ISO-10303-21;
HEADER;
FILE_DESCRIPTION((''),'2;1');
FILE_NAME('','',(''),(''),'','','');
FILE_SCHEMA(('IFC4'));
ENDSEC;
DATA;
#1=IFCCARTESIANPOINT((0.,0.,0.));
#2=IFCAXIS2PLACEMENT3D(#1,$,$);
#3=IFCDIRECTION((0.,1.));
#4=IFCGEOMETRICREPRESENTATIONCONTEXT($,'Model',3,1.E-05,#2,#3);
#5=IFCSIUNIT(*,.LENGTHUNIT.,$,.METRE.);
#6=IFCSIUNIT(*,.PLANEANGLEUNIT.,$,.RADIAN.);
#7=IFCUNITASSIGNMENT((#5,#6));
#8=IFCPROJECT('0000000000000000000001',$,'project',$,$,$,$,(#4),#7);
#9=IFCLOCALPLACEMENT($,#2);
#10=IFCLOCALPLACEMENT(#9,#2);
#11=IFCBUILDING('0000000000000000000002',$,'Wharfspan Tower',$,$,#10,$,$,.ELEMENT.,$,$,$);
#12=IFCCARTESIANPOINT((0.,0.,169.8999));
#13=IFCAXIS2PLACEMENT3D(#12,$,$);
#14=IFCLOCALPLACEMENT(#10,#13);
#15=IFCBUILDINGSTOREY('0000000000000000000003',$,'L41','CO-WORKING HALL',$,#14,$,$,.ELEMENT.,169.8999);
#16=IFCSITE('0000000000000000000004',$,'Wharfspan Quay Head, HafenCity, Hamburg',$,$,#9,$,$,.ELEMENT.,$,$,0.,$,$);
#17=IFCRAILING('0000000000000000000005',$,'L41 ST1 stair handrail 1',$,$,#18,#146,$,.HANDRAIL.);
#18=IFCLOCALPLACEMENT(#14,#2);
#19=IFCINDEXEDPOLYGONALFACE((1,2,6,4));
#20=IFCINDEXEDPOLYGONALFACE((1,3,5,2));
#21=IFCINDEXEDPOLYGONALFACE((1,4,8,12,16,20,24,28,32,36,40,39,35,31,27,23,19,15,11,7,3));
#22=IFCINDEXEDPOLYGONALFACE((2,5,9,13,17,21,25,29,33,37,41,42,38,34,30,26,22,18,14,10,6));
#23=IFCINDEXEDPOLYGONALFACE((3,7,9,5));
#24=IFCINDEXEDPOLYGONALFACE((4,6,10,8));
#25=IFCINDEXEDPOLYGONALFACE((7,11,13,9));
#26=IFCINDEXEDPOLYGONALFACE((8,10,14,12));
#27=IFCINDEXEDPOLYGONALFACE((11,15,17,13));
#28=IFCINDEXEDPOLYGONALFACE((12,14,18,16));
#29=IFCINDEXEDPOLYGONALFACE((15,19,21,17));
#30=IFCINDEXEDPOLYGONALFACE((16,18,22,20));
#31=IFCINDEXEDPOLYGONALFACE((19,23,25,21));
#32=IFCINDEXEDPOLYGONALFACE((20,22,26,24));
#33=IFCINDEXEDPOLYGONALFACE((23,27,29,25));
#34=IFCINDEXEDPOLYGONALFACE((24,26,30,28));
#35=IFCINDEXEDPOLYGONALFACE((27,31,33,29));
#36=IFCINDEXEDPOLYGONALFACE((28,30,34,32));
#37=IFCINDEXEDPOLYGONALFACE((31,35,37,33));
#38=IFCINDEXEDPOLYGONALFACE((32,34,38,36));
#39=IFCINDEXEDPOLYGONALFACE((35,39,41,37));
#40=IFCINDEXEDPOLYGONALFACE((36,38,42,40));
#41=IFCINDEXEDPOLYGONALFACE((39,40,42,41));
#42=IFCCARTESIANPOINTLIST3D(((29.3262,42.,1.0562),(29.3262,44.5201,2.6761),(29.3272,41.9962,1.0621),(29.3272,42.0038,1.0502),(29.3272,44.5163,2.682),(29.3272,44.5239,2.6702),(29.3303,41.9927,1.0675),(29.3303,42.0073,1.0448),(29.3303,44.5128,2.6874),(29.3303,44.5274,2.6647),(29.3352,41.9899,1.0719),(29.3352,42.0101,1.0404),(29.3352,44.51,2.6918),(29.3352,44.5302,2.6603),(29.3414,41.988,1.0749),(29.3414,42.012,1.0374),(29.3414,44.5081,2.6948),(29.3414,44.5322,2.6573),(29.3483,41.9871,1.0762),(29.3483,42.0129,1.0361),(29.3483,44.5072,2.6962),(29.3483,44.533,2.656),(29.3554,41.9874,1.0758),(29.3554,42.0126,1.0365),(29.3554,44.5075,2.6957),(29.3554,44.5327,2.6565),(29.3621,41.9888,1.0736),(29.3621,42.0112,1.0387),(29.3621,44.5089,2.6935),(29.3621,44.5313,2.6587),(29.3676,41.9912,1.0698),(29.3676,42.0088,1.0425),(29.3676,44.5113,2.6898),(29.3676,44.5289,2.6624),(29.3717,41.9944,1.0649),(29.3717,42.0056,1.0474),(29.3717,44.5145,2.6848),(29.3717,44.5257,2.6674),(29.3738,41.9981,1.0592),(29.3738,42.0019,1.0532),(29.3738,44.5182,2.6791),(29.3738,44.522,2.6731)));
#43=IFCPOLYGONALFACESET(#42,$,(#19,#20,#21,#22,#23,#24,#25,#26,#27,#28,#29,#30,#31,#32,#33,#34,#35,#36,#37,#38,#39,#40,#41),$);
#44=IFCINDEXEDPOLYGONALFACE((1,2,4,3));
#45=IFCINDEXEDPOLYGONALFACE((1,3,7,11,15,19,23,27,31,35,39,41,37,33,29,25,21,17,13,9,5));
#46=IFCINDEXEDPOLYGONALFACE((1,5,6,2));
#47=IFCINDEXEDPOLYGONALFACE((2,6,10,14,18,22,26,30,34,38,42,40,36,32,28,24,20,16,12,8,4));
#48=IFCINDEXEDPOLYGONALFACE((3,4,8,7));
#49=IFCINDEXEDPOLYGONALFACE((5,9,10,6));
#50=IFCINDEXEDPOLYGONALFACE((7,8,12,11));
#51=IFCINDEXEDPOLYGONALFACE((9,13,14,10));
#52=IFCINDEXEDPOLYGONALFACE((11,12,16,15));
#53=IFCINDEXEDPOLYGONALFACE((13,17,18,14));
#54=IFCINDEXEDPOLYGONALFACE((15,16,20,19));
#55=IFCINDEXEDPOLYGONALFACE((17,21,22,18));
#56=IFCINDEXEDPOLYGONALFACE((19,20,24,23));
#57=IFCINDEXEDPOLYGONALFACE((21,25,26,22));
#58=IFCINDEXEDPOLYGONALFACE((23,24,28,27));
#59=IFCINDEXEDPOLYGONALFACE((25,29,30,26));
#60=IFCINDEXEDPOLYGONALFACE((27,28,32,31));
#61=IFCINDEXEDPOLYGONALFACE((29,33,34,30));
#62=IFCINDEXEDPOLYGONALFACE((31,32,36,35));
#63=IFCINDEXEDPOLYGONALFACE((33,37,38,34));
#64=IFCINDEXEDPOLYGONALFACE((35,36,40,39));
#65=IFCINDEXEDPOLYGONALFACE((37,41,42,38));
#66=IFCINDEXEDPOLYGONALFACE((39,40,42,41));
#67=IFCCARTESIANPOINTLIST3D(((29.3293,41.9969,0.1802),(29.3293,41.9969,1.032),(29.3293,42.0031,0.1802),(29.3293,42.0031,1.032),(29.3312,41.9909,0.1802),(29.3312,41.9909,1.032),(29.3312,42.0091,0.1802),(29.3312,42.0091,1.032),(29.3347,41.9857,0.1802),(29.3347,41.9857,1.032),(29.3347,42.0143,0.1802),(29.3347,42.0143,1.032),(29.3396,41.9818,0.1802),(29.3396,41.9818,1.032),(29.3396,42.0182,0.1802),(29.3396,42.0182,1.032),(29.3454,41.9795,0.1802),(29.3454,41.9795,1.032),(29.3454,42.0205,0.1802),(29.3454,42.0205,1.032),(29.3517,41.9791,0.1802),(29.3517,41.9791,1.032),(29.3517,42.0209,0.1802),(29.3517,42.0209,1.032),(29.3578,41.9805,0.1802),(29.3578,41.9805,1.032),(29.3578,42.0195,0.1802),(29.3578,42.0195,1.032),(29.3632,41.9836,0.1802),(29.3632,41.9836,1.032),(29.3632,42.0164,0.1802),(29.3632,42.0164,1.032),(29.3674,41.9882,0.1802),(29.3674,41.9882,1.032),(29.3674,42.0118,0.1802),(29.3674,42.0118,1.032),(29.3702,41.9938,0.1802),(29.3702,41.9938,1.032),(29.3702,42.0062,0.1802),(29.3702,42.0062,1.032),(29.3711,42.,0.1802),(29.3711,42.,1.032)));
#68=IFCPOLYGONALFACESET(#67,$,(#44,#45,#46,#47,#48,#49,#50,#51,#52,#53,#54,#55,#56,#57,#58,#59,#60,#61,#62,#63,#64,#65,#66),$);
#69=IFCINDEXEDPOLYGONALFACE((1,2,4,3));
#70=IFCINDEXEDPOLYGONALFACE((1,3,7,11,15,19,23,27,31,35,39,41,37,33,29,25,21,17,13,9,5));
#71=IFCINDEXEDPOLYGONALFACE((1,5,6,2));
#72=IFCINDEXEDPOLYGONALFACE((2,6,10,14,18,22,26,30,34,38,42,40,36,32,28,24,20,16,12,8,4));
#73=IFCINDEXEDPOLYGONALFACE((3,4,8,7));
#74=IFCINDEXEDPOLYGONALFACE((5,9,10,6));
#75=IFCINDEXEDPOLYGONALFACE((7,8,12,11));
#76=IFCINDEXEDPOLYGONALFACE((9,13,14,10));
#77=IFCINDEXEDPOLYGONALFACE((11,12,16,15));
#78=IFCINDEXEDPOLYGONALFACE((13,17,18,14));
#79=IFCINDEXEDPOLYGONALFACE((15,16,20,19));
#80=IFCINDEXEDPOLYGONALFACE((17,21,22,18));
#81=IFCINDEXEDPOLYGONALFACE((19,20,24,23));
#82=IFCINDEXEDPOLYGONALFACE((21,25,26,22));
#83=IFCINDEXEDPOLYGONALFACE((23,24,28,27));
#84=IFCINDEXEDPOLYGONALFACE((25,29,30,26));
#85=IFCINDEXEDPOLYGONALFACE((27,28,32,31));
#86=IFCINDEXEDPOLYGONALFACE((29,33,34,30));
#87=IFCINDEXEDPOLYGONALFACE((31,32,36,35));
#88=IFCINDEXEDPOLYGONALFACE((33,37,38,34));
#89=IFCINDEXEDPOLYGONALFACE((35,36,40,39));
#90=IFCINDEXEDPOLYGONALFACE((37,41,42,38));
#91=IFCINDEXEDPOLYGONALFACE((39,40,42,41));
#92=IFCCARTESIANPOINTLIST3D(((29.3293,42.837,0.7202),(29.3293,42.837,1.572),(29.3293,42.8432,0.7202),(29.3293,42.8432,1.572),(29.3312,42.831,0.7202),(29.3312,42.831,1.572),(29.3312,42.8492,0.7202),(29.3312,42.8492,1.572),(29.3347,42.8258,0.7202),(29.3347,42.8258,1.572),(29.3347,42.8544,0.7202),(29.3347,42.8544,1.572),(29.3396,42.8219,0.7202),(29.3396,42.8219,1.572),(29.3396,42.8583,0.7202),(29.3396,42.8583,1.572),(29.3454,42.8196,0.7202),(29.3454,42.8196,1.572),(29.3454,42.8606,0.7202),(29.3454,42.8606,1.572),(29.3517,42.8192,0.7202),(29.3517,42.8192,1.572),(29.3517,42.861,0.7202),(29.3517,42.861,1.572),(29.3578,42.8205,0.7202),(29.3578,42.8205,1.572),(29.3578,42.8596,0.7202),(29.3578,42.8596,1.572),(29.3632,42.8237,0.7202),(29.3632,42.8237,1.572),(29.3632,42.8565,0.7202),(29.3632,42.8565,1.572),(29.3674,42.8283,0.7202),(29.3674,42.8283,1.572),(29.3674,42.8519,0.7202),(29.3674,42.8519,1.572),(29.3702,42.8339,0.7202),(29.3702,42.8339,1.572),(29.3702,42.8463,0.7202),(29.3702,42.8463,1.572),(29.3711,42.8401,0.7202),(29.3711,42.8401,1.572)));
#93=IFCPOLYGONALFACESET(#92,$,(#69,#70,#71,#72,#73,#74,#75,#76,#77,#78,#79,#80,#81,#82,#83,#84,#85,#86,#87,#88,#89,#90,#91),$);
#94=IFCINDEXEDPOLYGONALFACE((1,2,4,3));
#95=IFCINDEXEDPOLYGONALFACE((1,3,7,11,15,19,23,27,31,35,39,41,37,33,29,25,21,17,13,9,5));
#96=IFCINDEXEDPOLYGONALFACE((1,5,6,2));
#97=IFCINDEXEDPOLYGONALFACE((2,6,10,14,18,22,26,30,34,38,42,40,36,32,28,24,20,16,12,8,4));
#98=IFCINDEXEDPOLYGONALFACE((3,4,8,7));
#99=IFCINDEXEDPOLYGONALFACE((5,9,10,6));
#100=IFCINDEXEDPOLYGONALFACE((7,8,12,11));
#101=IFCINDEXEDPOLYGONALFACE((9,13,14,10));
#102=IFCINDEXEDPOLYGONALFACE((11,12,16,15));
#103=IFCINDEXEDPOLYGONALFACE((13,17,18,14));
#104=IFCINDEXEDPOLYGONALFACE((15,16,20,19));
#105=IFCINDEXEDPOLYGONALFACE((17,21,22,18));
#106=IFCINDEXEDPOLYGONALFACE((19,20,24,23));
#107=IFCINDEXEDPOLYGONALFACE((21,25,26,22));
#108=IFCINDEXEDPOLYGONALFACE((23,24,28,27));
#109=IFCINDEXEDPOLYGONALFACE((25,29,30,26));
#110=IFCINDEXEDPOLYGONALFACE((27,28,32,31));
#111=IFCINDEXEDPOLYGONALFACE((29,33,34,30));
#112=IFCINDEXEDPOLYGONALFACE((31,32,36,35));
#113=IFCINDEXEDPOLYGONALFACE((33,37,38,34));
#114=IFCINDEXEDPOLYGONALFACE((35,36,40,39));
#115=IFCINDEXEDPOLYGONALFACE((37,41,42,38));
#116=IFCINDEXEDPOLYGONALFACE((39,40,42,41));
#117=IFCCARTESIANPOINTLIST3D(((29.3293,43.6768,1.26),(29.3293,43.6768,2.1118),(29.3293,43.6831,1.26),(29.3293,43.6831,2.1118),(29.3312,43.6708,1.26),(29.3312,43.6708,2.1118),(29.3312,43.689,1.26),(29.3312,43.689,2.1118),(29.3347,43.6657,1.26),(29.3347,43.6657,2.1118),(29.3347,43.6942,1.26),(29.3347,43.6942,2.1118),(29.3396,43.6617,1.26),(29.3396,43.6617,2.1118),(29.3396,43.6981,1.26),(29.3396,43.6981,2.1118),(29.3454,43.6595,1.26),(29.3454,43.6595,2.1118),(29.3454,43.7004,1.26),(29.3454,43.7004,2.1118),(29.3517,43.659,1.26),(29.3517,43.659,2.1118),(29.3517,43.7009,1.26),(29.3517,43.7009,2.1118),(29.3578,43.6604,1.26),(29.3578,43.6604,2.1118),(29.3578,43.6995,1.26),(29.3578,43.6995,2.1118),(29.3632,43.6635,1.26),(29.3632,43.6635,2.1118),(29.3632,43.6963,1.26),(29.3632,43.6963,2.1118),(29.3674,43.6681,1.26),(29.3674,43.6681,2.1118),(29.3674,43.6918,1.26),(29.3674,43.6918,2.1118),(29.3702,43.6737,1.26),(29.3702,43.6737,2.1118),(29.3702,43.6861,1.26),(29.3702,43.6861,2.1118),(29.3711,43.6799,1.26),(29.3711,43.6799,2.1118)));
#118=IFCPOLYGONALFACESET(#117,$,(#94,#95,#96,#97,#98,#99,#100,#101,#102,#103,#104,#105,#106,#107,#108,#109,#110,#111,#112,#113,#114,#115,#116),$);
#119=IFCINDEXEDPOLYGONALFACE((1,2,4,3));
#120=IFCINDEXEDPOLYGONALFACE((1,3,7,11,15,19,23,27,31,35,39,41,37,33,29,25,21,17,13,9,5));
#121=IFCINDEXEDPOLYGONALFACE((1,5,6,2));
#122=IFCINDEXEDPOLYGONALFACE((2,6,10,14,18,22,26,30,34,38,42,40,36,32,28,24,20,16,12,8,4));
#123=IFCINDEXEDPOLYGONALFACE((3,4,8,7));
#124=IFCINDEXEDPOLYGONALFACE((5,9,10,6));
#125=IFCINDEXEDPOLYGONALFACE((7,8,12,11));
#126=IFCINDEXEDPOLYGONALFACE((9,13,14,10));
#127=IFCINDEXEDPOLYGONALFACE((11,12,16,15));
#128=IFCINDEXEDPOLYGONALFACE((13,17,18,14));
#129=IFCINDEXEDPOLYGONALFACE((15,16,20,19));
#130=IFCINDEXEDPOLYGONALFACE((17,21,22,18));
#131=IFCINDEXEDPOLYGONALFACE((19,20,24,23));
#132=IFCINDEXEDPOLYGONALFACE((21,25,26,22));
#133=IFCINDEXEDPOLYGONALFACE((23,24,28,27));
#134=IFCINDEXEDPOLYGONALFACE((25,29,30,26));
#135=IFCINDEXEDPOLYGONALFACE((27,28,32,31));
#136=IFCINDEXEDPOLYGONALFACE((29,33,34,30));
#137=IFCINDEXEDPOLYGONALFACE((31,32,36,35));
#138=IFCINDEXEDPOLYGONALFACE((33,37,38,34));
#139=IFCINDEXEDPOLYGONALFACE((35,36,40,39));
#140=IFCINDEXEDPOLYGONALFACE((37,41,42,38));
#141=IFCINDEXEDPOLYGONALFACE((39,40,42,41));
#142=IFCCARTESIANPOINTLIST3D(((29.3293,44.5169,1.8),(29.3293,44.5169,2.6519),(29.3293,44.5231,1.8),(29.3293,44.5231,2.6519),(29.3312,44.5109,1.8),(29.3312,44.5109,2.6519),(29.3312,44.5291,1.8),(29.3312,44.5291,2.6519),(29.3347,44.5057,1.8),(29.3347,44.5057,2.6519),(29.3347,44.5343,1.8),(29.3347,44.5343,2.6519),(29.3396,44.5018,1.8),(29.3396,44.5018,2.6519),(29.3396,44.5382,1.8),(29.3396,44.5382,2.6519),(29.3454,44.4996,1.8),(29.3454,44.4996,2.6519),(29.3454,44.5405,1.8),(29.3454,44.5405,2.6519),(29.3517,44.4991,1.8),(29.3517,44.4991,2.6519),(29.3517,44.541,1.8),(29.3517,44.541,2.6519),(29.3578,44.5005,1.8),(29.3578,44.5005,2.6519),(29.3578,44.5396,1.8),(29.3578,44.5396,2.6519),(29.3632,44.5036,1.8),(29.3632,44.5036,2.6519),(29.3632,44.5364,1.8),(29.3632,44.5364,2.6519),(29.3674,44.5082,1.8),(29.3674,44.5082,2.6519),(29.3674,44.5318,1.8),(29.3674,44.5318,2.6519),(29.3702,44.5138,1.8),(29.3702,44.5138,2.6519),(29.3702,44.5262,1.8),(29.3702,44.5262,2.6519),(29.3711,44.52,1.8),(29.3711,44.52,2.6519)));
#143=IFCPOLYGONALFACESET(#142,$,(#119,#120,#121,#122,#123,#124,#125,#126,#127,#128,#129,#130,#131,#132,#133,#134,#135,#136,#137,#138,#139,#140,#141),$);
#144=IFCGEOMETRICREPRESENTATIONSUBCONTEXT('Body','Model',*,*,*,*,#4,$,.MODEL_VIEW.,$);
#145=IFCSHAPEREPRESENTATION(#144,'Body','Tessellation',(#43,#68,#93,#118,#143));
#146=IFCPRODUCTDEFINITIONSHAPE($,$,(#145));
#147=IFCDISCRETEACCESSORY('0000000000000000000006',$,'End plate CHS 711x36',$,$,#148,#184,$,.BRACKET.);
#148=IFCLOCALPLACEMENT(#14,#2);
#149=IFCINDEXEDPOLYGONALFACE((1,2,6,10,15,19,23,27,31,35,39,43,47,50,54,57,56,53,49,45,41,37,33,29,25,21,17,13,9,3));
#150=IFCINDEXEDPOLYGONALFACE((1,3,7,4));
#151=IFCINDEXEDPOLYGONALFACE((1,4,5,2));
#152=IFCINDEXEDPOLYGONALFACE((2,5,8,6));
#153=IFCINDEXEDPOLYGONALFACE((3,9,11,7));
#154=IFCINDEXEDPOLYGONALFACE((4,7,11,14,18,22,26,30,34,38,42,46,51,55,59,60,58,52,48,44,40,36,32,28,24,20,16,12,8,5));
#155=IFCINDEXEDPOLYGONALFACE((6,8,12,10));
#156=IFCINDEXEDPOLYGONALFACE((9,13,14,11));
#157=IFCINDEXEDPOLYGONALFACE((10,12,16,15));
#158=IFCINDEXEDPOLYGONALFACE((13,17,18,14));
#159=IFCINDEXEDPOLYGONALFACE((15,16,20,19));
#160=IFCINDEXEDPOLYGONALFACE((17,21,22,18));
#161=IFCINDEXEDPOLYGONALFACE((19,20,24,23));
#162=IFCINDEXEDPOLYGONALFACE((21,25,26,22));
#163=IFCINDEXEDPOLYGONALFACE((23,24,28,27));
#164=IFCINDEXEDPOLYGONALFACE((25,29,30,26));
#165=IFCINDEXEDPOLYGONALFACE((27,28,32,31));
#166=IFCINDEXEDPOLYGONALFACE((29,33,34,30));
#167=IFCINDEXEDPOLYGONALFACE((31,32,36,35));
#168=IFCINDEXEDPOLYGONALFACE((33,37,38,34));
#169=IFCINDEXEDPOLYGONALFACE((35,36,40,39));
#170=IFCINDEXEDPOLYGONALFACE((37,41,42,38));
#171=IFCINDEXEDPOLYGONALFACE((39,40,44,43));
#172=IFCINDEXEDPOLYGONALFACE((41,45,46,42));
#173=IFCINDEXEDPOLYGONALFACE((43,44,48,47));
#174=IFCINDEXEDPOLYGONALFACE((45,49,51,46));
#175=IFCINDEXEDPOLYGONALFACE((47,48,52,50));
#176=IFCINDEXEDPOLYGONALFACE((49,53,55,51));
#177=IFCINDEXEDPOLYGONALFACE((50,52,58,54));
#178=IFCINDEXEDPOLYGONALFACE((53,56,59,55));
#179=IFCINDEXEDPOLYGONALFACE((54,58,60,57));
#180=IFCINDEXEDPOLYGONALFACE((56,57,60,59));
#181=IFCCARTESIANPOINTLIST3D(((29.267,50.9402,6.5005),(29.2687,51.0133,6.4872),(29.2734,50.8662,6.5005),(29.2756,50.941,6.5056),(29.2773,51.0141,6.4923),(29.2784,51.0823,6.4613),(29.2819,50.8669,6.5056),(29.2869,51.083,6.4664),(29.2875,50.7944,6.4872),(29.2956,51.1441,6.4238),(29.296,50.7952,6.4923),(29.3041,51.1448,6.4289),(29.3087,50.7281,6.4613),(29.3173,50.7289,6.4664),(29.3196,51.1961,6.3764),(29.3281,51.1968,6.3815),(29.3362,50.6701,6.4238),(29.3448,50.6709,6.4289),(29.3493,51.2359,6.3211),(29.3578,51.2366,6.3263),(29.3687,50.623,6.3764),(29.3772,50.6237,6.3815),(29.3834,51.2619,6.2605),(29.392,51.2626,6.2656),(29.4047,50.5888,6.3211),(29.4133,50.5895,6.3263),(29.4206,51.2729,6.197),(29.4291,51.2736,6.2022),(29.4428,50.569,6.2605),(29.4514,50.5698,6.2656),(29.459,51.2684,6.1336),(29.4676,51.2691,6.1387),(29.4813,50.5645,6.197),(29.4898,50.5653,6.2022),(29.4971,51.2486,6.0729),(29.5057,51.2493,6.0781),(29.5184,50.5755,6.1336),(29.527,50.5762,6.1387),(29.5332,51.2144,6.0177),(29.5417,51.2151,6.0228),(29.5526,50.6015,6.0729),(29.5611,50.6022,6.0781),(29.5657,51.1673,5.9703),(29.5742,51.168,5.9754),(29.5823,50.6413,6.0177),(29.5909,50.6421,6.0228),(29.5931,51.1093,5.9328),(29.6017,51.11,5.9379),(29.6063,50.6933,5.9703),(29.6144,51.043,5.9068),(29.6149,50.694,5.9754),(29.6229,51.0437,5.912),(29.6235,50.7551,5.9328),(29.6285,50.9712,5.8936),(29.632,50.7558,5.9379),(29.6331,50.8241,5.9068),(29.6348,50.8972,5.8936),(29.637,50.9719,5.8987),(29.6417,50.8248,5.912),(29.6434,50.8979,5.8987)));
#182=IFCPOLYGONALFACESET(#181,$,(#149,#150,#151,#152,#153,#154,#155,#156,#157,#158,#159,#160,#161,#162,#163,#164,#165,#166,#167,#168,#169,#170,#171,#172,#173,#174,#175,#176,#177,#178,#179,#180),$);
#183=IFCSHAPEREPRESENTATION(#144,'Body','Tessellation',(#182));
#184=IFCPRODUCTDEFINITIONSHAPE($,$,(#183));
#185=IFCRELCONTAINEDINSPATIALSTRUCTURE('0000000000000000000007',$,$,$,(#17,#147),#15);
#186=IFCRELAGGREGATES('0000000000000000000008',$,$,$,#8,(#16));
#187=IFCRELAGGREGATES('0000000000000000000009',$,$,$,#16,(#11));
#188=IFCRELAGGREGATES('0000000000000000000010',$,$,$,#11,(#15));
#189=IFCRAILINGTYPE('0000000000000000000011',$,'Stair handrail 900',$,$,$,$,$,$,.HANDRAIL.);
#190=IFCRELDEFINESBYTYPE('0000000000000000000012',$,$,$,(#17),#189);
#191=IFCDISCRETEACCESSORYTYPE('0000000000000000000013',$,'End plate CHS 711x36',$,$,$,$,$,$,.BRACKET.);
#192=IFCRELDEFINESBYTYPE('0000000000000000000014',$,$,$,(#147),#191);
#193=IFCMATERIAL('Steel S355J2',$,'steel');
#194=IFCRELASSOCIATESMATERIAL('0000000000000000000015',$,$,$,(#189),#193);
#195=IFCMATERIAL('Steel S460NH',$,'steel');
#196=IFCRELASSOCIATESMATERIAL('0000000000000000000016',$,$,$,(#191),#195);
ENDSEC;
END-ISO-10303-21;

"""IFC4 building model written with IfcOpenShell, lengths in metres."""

from ifc_helpers import new_model, si_unit, direction, frame, origin, origin_2d, place, context, subcontext, project, spatial, circle, extrude, material, material_profile, profile_set, type_object, element, save


model = new_model("IFC4")

# Units and contexts
model_context = context("Model", 3, precision=1e-05, world=origin(), true_north=direction((0.0, 1.0)))
body_context = subcontext(model_context, "Body", "Model", "MODEL_VIEW")
ifc_project = project(units=[si_unit("LENGTHUNIT", "METRE"), si_unit("PLANEANGLEUNIT", "RADIAN")], contexts=[model_context])

# Site, building, storey
site_placement = place(None, origin())
site = spatial("IfcSite", under=ifc_project, at=site_placement, Name="Wharfspan Quay Head, HafenCity, Hamburg", CompositionType="ELEMENT", RefElevation=0.0)
building_placement = place(site_placement, origin())
building = spatial("IfcBuilding", under=site, at=building_placement, Name="Wharfspan Tower", CompositionType="ELEMENT")
storey_placement = place(building_placement, frame((0.0, 0.0, 169.8999)))
storey = spatial("IfcBuildingStorey", under=building, at=storey_placement, Name="L41", Description="CO-WORKING HALL", CompositionType="ELEMENT", Elevation=169.8999)

# Shared definitions
ifc_material_1 = material(Name="Steel S355J2", Category="steel")

# Shared definitions
ifc_material_2 = material(Name="Steel S460NH", Category="steel")

# Railing
railing_type_1 = type_object("IfcRailingType", Name="Stair handrail 900", PredefinedType="HANDRAIL", material=ifc_material_1)
railing_1_placement = place(storey_placement, frame((29.3501, 42.0, 0.1802)))
element("IfcRailing", 1, at=railing_1_placement, inside=storey, type_object=railing_type_1, Name="L41 ST1 stair handrail 1", PredefinedType="HANDRAIL", context=body_context, shape_type="SweptSolid", body=[
    extrude(circle(Radius=0.0239, at=origin_2d()), frame((0.0, 0.0, 0.876), z_axis=(0.0, 0.8412, 0.540725), x_axis=(-1.0, 0.0, 0.0)), (0.0, 0.0, 1.0), 2.9958),
    extrude(circle(Radius=0.021, at=origin_2d()), origin(), (0.0, 0.0, 1.0), 0.8518),
    extrude(circle(Radius=0.021, at=origin_2d()), frame((0.0, 0.8401, 0.54)), (0.0, 0.0, 1.0), 0.8518),
    extrude(circle(Radius=0.021, at=origin_2d()), frame((0.0, 1.6799, 1.0798)), (0.0, 0.0, 1.0), 0.8518),
    extrude(circle(Radius=0.021, at=origin_2d()), frame((0.0, 2.52, 1.6199)), (0.0, 0.0, 1.0), 0.8518),
])

# Discrete accessory
ifc_material_profile_1 = material_profile(ifc_material_2, circle(Radius=0.3555, at=origin_2d()))
ifc_profile_set_1 = profile_set([ifc_material_profile_1], Name="Steel S460NH")
discrete_accessory_type = type_object("IfcDiscreteAccessoryType", Name="End plate CHS 711x36", PredefinedType="BRACKET", material=ifc_profile_set_1)
for number, where, z_axis, x_axis, name in (
    (2, (29.4509, 50.9187, 6.197), (0.855186, 0.073302, 0.513112), (-0.085402, 0.996345, 0.000001), "End plate CHS 711x36"),
):
    element("IfcDiscreteAccessory", number, at=place(storey_placement, frame(where, z_axis=z_axis, x_axis=x_axis)), inside=storey, type_object=discrete_accessory_type, Name=name, PredefinedType="BRACKET", context=body_context, shape_type="SweptSolid", body=[
        extrude(circle(Radius=0.3555, at=origin_2d()), origin(), (0.0, 0.0, 1.0), 0.01),
    ])

save(model, "model.ifc")
